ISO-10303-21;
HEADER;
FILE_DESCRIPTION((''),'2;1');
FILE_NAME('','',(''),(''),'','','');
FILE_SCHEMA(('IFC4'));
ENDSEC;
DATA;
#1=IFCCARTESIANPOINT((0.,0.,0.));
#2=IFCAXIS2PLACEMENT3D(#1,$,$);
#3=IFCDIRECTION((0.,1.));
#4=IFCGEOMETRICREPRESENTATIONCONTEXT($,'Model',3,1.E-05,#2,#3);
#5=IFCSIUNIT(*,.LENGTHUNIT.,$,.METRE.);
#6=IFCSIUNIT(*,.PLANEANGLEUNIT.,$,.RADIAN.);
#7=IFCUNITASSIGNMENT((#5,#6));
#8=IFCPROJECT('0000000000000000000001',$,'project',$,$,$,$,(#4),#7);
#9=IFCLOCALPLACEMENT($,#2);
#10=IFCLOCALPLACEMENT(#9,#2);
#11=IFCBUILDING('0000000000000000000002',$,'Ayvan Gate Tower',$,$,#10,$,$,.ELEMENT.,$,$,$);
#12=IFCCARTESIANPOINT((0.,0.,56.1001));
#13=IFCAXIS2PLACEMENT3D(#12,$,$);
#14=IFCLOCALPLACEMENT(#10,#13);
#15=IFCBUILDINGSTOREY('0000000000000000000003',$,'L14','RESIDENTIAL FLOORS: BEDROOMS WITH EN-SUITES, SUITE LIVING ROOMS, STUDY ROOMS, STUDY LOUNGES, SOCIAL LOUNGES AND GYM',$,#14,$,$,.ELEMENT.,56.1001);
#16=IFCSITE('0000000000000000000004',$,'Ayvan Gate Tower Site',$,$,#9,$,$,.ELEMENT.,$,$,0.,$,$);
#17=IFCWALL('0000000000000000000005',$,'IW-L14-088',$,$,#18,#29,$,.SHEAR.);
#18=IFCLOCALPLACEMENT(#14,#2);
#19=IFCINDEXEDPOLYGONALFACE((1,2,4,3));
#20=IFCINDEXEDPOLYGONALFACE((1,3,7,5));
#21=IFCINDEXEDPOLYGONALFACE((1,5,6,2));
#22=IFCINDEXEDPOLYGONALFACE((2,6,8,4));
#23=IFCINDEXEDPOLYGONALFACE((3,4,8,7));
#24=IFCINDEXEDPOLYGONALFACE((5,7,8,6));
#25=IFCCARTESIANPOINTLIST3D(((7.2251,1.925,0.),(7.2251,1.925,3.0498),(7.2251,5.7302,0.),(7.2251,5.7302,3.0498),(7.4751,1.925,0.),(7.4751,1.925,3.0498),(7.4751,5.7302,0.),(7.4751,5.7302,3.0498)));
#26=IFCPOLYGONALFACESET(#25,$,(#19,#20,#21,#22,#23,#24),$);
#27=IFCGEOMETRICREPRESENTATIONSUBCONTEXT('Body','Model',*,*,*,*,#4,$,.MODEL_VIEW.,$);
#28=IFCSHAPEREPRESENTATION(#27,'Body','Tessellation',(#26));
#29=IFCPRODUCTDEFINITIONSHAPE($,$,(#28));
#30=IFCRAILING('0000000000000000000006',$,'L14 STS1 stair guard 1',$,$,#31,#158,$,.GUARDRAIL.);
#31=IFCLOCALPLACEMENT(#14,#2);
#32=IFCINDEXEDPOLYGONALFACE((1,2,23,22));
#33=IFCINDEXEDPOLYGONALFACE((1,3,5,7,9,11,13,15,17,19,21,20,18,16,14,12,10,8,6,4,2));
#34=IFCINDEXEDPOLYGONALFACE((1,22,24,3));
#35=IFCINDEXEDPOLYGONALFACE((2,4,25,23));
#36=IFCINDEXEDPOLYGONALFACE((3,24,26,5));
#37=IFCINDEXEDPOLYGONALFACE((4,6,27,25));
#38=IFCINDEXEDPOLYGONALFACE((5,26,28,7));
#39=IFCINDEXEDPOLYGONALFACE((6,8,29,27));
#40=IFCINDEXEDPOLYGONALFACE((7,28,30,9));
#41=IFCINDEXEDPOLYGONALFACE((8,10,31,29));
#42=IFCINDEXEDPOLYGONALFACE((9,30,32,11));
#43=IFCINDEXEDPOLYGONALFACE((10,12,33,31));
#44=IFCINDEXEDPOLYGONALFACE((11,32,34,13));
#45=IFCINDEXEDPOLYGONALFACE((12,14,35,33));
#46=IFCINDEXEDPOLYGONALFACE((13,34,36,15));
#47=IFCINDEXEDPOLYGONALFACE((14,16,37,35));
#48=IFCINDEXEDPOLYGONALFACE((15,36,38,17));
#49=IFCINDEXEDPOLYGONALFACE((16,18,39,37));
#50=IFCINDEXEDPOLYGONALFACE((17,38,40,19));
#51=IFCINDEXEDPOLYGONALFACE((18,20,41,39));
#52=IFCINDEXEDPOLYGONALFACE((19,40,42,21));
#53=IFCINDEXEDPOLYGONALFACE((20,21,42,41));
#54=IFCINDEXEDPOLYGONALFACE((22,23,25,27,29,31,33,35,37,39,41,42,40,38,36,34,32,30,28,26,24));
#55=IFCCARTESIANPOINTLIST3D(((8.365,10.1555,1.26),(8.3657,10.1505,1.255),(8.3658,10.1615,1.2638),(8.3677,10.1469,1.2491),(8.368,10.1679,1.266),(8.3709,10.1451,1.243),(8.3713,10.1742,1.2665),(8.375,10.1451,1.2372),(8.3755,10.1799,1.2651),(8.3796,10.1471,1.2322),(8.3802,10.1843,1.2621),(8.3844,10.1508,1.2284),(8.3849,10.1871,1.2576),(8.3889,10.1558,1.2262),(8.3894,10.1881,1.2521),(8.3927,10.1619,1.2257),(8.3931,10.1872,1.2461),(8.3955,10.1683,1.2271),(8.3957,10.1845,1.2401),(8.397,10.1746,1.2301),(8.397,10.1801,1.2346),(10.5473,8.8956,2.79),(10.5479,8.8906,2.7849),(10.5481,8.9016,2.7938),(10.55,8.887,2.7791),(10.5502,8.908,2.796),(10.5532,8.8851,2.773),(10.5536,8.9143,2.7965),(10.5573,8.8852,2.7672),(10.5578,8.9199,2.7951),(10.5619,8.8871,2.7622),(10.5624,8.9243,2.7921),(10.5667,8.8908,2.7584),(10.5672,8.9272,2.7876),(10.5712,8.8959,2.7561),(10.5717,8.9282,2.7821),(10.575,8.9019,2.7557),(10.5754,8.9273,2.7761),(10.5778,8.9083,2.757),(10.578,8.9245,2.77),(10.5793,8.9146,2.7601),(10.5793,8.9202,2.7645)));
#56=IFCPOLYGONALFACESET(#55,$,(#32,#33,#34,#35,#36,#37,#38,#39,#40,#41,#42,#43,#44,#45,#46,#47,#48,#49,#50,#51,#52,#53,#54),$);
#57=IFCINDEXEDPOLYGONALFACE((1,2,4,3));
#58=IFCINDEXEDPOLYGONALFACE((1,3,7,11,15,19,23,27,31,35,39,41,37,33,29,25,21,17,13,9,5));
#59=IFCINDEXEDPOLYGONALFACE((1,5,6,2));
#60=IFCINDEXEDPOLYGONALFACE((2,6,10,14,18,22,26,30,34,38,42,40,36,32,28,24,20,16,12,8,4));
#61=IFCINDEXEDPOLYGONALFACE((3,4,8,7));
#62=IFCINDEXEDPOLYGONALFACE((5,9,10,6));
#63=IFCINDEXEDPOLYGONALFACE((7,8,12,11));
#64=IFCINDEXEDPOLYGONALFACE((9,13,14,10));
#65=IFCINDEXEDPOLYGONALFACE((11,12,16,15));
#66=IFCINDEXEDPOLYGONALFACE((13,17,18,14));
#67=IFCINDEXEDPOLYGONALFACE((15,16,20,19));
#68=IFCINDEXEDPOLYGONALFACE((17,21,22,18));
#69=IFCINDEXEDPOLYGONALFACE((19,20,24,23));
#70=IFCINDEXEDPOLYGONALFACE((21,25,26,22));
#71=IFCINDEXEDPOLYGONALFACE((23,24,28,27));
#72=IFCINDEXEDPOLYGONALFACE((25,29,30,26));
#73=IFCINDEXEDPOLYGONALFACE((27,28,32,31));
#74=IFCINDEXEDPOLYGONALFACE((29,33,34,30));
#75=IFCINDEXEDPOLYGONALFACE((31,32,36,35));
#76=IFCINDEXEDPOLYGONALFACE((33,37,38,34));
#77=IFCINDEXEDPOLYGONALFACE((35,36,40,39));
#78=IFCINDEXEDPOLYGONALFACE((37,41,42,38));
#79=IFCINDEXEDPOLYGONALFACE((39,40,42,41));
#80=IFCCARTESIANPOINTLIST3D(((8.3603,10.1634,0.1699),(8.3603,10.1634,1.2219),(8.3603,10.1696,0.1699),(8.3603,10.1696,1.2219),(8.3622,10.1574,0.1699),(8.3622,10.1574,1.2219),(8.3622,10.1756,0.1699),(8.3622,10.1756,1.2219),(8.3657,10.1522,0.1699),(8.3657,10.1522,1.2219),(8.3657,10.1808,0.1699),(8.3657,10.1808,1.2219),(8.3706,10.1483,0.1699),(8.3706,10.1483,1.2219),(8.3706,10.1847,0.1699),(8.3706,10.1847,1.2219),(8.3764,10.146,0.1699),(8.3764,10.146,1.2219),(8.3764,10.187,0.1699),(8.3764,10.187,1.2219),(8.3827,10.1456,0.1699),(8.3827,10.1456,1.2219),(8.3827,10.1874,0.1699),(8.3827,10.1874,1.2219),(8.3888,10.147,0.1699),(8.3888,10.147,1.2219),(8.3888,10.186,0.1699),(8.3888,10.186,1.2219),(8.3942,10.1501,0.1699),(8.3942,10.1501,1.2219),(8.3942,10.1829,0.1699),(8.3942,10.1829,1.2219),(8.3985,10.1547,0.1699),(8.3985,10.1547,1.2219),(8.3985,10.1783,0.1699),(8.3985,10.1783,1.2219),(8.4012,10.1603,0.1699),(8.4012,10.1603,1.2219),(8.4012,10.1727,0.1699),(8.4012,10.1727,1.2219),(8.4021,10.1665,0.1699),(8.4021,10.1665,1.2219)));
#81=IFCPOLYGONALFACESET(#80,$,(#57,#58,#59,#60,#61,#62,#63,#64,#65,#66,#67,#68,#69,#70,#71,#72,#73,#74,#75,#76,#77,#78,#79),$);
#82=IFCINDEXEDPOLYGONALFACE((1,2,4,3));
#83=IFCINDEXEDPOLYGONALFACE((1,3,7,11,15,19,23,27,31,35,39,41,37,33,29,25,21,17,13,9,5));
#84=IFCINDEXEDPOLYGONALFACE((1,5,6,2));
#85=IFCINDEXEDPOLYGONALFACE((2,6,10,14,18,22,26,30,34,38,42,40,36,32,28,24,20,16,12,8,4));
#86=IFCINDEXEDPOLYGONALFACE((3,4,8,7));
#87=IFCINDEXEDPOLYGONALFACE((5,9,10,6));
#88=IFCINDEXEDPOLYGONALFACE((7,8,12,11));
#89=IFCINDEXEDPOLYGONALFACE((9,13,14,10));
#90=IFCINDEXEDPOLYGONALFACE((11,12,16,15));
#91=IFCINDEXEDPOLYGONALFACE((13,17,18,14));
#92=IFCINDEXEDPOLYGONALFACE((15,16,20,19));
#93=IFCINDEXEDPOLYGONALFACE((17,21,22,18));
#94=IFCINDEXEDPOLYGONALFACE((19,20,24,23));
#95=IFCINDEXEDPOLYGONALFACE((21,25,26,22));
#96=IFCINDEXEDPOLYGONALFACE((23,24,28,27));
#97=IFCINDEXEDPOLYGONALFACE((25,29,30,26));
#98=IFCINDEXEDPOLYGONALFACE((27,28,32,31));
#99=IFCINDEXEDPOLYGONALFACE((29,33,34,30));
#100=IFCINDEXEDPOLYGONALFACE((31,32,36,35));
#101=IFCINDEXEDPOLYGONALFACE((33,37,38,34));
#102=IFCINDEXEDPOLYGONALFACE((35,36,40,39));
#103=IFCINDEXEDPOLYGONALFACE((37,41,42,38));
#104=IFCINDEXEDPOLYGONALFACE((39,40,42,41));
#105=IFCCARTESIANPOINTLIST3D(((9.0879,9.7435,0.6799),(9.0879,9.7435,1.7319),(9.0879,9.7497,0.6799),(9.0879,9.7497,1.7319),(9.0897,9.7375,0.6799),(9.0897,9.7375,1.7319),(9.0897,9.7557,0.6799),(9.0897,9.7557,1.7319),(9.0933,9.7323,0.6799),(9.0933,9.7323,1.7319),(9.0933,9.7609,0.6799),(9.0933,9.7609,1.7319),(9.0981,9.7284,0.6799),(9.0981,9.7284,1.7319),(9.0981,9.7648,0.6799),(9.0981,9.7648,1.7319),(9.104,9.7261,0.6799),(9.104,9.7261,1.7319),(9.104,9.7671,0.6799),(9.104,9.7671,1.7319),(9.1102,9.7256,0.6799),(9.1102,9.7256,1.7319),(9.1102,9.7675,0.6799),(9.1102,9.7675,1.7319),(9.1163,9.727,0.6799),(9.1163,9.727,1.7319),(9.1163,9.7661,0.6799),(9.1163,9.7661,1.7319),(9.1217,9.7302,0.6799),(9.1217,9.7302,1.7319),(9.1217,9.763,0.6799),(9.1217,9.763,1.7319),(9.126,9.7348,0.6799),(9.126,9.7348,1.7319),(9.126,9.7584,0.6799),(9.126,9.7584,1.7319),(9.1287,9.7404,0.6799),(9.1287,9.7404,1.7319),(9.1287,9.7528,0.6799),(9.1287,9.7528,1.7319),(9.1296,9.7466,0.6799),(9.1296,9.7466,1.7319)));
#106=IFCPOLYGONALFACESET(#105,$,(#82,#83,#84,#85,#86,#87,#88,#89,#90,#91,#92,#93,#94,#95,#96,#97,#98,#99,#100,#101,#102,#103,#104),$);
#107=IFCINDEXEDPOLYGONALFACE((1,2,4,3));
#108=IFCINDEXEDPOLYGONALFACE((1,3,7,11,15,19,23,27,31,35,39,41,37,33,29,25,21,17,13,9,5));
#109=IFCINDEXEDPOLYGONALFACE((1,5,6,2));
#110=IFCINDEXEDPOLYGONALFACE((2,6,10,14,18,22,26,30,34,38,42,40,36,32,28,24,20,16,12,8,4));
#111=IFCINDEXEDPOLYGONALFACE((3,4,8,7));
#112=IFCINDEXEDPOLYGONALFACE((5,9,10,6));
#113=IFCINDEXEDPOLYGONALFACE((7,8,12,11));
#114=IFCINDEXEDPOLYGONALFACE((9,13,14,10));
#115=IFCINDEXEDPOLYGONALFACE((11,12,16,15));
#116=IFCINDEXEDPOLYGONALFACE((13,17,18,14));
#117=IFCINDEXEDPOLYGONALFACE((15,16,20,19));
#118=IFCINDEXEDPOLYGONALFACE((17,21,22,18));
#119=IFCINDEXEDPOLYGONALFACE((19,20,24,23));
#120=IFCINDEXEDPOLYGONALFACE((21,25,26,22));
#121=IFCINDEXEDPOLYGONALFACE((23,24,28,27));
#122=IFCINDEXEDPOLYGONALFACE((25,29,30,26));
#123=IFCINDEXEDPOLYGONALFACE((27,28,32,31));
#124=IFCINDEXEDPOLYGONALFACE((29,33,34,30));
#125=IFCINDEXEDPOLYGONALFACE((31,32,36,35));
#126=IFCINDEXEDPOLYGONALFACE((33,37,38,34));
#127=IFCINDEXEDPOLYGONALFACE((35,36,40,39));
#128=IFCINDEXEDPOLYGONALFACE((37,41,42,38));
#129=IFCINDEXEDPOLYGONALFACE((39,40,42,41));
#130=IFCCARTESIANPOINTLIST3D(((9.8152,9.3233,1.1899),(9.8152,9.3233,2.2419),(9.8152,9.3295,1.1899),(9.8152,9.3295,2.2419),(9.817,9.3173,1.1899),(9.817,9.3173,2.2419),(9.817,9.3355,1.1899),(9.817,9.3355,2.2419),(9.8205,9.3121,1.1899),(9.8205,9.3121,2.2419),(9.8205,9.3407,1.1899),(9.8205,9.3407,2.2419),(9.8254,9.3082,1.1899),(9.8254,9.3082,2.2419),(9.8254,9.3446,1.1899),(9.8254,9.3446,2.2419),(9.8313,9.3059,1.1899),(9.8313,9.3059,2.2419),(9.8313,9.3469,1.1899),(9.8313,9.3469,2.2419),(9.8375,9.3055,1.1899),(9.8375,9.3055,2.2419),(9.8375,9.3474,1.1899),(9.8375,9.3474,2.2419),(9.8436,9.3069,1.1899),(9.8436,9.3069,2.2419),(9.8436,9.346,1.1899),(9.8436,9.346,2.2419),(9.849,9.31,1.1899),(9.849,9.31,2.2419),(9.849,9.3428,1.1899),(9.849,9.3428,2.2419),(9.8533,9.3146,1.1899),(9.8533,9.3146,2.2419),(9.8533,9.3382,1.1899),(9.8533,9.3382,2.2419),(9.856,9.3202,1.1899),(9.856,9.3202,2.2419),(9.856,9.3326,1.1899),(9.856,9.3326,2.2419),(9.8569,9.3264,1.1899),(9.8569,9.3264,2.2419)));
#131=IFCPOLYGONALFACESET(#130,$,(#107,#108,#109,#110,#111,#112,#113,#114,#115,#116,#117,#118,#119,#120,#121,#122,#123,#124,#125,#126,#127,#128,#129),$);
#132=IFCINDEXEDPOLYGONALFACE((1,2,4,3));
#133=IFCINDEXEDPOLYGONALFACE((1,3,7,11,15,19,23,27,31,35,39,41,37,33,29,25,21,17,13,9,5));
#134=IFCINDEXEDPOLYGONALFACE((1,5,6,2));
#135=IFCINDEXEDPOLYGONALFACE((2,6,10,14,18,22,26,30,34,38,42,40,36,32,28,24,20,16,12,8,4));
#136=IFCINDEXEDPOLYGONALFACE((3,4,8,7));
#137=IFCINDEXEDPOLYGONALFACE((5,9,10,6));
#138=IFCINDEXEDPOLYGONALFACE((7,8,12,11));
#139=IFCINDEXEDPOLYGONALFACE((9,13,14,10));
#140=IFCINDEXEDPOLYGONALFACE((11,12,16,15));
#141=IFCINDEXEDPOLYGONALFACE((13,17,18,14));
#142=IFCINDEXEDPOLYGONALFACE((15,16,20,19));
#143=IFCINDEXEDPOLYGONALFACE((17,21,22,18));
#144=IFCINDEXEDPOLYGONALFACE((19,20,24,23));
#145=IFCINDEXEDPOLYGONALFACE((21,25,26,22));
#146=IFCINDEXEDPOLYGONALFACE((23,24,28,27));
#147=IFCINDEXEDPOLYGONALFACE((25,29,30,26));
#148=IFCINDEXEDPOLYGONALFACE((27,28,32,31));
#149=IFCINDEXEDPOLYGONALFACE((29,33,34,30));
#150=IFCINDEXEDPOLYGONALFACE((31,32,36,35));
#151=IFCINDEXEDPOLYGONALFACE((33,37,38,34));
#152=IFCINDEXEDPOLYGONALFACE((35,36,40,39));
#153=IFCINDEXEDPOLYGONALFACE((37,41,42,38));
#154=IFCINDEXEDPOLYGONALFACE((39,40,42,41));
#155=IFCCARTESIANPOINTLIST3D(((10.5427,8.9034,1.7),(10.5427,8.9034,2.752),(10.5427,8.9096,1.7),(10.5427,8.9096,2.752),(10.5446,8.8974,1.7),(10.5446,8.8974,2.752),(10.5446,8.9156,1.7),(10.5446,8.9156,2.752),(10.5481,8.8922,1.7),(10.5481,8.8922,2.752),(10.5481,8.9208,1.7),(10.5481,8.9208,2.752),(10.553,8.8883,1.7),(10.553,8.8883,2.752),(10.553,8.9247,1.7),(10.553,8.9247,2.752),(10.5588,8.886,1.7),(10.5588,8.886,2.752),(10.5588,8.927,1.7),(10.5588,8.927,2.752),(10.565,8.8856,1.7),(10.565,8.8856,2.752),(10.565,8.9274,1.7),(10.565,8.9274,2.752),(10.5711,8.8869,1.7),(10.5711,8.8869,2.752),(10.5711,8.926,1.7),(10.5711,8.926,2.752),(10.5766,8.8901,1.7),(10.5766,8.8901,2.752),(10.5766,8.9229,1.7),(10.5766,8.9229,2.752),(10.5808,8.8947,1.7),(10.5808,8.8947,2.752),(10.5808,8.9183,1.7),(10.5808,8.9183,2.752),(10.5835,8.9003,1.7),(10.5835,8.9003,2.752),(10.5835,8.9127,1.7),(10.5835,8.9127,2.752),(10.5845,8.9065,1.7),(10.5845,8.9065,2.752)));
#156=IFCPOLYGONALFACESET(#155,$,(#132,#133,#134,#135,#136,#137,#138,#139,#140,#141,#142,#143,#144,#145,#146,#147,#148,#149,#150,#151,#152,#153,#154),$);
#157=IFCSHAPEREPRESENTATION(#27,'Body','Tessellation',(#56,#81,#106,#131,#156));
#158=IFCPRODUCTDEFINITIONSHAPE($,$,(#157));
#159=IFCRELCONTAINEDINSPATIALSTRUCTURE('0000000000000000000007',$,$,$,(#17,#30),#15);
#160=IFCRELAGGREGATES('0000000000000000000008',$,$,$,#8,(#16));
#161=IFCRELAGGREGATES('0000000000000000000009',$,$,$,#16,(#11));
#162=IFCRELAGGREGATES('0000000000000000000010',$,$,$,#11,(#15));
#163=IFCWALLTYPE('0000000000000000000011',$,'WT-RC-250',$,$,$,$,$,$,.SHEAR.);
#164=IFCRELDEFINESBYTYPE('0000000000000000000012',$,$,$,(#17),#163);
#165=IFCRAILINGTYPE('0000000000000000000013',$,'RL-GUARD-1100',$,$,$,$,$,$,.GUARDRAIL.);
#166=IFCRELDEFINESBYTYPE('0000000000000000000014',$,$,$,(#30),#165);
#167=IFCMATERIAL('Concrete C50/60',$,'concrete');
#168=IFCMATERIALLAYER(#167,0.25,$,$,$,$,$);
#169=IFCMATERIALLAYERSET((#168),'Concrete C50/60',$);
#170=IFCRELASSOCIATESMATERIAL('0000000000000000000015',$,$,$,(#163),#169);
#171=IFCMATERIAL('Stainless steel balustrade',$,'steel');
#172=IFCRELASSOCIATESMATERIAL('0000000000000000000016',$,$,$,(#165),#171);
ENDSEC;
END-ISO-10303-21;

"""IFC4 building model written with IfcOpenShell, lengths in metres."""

from ifc_helpers import new_model, si_unit, direction, frame, frame_2d, origin, origin_2d, place, context, subcontext, project, spatial, rectangle, circle, extrude, material, layer, layer_set, type_object, element, save


model = new_model("IFC4")

# Units and contexts
model_context = context("Model", 3, precision=1e-05, world=origin(), true_north=direction((0.0, 1.0)))
body_context = subcontext(model_context, "Body", "Model", "MODEL_VIEW")
ifc_project = project(units=[si_unit("LENGTHUNIT", "METRE"), si_unit("PLANEANGLEUNIT", "RADIAN")], contexts=[model_context])

# Site, building, storey
site_placement = place(None, origin())
site = spatial("IfcSite", under=ifc_project, at=site_placement, Name="Ayvan Gate Tower Site", CompositionType="ELEMENT", RefElevation=0.0)
building_placement = place(site_placement, origin())
building = spatial("IfcBuilding", under=site, at=building_placement, Name="Ayvan Gate Tower", CompositionType="ELEMENT")
storey_placement = place(building_placement, frame((0.0, 0.0, 56.1001)))
storey = spatial("IfcBuildingStorey", under=building, at=storey_placement, Name="L14", Description="RESIDENTIAL FLOORS: BEDROOMS WITH EN-SUITES, SUITE LIVING ROOMS, STUDY ROOMS, STUDY LOUNGES, SOCIAL LOUNGES AND GYM", CompositionType="ELEMENT", Elevation=56.1001)

# Shared definitions
ifc_material_1 = material(Name="Concrete C50/60", Category="concrete")
ifc_layer_1 = layer(ifc_material_1, 0.25)
ifc_layer_set_1 = layer_set([ifc_layer_1], Name="Concrete C50/60")
wall_type_1 = type_object("IfcWallType", Name="WT-RC-250", PredefinedType="SHEAR", material=ifc_layer_set_1)

# Wall
wall_1_placement = place(storey_placement, frame((7.3501, 5.7302, 0.0), z_axis=(0.0, 0.0, 1.0), x_axis=(0.0, -1.0, 0.0)))
element("IfcWall", 1, at=wall_1_placement, inside=storey, type_object=wall_type_1, Name="IW-L14-088", PredefinedType="SHEAR", context=body_context, shape_type="SweptSolid", body=[
    extrude(rectangle(XDim=3.8052, YDim=0.25, at=frame_2d((1.9026, 0.0))), origin(), (0.0, 0.0, 1.0), 3.0498),
])

# Railing
ifc_material_2 = material(Name="Stainless steel balustrade", Category="steel")
railing_type_1 = type_object("IfcRailingType", Name="RL-GUARD-1100", PredefinedType="GUARDRAIL", material=ifc_material_2)
railing_1_placement = place(storey_placement, frame((8.3811, 10.1665, 0.1699)))
element("IfcRailing", 2, at=railing_1_placement, inside=storey, type_object=railing_type_1, Name="L14 STS1 stair guard 1", PredefinedType="GUARDRAIL", context=body_context, shape_type="SweptSolid", body=[
    extrude(circle(Radius=0.0239, at=origin_2d()), frame((0.0, 0.0, 1.0762), z_axis=(0.740261, -0.427395, 0.518986), x_axis=(0.500005, 0.866023, 0.0)), (0.0, 0.0, 1.0), 2.948),
    extrude(circle(Radius=0.021, at=origin_2d()), origin(), (0.0, 0.0, 1.0), 1.052),
    extrude(circle(Radius=0.021, at=origin_2d()), frame((0.7275, -0.4199, 0.51)), (0.0, 0.0, 1.0), 1.052),
    extrude(circle(Radius=0.021, at=origin_2d()), frame((1.4548, -0.8401, 1.02)), (0.0, 0.0, 1.0), 1.052),
    extrude(circle(Radius=0.021, at=origin_2d()), frame((2.1824, -1.26, 1.53)), (0.0, 0.0, 1.0), 1.052),
])

save(model, "model.ifc")
